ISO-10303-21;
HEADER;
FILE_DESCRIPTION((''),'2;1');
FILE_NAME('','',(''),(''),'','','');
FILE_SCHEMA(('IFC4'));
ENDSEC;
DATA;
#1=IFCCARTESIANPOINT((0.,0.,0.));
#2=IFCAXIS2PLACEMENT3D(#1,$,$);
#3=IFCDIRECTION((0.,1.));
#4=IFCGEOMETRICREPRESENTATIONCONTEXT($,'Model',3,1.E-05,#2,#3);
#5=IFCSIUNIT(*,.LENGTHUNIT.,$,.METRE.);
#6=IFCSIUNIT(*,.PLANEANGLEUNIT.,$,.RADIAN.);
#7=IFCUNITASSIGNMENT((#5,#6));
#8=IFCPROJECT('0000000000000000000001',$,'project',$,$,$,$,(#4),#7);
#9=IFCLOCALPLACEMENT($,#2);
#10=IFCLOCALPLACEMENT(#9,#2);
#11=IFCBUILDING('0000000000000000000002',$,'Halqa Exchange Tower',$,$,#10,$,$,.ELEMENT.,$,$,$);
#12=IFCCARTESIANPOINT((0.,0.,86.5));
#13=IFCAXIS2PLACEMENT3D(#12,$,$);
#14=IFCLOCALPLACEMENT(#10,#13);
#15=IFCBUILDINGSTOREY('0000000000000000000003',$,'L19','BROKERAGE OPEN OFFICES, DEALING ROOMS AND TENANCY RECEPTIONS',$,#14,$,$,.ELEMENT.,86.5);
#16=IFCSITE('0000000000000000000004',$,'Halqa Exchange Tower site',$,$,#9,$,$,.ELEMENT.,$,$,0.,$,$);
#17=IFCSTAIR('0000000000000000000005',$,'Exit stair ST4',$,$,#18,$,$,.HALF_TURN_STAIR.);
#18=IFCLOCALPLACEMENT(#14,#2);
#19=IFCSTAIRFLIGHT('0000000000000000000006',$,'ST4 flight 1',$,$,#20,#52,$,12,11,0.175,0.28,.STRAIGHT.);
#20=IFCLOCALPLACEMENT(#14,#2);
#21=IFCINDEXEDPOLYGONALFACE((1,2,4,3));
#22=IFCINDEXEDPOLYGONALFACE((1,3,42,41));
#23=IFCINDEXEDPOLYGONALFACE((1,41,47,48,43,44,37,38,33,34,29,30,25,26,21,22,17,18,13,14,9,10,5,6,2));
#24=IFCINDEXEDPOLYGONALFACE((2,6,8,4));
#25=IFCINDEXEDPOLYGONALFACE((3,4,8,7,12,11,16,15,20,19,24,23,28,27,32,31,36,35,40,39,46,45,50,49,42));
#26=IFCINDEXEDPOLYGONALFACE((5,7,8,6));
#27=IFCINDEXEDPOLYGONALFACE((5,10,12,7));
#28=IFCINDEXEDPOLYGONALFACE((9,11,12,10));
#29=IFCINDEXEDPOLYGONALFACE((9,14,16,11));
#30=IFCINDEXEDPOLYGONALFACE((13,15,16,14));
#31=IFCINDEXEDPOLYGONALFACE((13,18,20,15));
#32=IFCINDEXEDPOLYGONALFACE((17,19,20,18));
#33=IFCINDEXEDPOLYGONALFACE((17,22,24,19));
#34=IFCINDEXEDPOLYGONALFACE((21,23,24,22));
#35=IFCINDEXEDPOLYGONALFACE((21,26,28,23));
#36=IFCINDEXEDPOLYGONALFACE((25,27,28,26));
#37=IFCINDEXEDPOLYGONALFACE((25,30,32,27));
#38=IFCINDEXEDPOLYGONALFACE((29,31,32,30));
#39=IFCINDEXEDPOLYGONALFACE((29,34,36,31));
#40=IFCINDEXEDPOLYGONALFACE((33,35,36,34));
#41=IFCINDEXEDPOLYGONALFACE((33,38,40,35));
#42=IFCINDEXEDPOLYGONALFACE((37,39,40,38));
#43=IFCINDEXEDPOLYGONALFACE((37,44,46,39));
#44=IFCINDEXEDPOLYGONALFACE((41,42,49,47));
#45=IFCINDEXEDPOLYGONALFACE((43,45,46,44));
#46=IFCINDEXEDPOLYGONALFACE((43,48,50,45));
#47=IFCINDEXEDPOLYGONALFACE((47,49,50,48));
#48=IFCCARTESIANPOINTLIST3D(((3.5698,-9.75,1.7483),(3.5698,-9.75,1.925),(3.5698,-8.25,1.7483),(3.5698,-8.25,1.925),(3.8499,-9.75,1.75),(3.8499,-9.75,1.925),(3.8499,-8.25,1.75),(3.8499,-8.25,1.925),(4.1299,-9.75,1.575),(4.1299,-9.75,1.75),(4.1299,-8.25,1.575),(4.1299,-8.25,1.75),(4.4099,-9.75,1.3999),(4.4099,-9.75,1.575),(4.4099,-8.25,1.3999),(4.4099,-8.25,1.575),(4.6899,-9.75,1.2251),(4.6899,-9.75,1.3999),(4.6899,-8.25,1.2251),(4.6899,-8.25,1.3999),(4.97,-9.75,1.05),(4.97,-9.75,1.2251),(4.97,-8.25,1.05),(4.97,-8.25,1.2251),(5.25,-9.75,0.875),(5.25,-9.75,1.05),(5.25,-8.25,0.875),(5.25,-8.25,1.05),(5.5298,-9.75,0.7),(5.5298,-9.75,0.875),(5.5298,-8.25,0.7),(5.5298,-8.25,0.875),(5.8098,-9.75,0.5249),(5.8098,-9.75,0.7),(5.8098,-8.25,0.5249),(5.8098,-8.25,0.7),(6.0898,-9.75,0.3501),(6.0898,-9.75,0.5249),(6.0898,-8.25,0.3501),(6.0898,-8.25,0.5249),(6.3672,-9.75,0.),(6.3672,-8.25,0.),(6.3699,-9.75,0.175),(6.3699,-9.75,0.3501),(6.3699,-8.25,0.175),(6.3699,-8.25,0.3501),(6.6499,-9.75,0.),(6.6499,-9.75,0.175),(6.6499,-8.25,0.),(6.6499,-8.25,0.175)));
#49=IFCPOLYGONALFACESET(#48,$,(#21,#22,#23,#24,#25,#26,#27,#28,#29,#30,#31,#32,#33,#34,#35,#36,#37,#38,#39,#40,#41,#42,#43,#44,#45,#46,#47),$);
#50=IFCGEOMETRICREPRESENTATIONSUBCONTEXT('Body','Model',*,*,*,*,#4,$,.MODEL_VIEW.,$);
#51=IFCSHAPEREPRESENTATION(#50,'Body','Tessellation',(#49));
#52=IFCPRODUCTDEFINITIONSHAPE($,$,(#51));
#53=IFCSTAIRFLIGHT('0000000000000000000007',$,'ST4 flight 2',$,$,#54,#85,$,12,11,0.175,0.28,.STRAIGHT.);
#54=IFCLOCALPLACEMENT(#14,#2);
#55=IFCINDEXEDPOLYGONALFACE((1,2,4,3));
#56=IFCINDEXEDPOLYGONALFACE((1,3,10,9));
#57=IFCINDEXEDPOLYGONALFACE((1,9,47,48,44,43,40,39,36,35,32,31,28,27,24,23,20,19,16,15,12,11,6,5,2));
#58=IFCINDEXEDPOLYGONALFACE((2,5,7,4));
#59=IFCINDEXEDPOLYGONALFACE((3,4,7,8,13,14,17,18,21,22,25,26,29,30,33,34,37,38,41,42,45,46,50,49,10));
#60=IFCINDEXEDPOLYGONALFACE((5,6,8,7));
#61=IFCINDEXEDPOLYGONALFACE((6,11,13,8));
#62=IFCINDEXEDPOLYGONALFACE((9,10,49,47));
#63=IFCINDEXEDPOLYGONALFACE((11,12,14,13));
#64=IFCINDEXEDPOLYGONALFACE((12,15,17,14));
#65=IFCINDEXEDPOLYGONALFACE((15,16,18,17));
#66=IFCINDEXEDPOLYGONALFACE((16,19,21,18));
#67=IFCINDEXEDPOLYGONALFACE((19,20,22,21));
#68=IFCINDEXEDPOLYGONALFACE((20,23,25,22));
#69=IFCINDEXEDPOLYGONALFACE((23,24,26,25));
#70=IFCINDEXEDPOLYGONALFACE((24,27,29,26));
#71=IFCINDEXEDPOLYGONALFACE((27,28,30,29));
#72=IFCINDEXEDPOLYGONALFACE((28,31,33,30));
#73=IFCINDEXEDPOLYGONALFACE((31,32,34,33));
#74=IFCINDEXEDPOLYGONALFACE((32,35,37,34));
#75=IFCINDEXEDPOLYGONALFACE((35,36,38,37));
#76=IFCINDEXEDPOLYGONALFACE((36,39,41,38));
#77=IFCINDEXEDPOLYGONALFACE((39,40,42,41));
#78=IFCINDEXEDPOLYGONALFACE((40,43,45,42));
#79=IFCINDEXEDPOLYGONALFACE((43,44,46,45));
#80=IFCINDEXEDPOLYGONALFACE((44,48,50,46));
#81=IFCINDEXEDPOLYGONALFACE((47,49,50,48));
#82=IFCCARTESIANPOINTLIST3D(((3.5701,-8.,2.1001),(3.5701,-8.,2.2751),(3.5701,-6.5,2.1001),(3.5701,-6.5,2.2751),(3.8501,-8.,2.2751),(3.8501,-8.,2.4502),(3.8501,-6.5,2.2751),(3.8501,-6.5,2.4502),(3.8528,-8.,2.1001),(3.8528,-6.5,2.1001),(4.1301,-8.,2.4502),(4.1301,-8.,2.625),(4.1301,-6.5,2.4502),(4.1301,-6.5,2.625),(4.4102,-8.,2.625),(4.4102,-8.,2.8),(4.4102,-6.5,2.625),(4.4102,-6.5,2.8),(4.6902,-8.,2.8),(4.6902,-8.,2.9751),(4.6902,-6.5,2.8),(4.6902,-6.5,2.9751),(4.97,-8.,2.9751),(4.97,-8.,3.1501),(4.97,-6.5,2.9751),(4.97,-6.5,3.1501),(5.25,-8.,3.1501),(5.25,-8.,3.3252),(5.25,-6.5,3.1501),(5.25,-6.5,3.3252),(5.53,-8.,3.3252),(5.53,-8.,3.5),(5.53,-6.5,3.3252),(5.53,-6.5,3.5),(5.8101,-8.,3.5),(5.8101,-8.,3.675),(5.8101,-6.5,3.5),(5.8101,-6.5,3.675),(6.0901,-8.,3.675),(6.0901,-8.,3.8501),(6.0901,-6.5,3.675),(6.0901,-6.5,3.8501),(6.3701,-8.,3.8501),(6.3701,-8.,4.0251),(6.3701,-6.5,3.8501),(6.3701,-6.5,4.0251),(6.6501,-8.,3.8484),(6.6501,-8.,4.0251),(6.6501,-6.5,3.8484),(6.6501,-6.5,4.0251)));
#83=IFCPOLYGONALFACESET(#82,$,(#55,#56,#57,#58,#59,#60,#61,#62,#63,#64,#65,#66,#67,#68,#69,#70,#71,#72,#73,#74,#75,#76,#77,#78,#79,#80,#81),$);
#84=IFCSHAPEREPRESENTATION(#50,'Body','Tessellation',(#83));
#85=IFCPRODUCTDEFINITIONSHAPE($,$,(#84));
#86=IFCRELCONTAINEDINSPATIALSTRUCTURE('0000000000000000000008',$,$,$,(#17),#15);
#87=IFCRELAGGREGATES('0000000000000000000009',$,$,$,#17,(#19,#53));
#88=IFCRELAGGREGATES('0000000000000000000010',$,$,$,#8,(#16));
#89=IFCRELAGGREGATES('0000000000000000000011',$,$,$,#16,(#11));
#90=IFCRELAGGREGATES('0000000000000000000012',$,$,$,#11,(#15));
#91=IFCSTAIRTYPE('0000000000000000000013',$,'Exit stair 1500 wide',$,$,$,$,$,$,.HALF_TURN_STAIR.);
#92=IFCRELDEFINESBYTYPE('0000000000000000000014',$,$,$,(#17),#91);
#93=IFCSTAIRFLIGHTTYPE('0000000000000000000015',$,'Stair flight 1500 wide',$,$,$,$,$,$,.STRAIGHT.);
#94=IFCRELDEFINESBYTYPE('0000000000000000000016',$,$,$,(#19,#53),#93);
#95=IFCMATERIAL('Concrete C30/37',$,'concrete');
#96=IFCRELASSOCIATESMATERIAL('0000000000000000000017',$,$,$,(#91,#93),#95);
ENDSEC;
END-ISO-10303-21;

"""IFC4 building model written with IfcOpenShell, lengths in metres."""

from ifc_helpers import new_model, si_unit, direction, frame, origin, place, context, subcontext, project, spatial, polyline, outline, extrude, material, type_object, element, aggregate, save


model = new_model("IFC4")

# Units and contexts
model_context = context("Model", 3, precision=1e-05, world=origin(), true_north=direction((0.0, 1.0)))
body_context = subcontext(model_context, "Body", "Model", "MODEL_VIEW")
ifc_project = project(units=[si_unit("LENGTHUNIT", "METRE"), si_unit("PLANEANGLEUNIT", "RADIAN")], contexts=[model_context])

# Site, building, storey
site_placement = place(None, origin())
site = spatial("IfcSite", under=ifc_project, at=site_placement, Name="Halqa Exchange Tower site", CompositionType="ELEMENT", RefElevation=0.0)
building_placement = place(site_placement, origin())
building = spatial("IfcBuilding", under=site, at=building_placement, Name="Halqa Exchange Tower", CompositionType="ELEMENT")
storey_placement = place(building_placement, frame((0.0, 0.0, 86.5)))
storey = spatial("IfcBuildingStorey", under=building, at=storey_placement, Name="L19", Description="BROKERAGE OPEN OFFICES, DEALING ROOMS AND TENANCY RECEPTIONS", CompositionType="ELEMENT", Elevation=86.5)

# Shared definitions
ifc_material_1 = material(Name="Concrete C30/37", Category="concrete")

# Stair, stair flights
stair_type = type_object("IfcStairType", Name="Exit stair 1500 wide", PredefinedType="HALF_TURN_STAIR", material=ifc_material_1)
stair_placement = place(storey_placement, origin())
stair = element("IfcStair", 1, at=stair_placement, inside=storey, type_object=stair_type, Name="Exit stair ST4", PredefinedType="HALF_TURN_STAIR")
stair_flight_type = type_object("IfcStairFlightType", Name="Stair flight 1500 wide", PredefinedType="STRAIGHT", material=ifc_material_1)
stair_flight_1_placement = place(storey_placement, frame((6.6499, -9.0, 0.0), z_axis=(0.0, 0.0, 1.0), x_axis=(-1.0, 0.0, 0.0)))
stair_flight_1 = element("IfcStairFlight", 2, at=stair_flight_1_placement, type_object=stair_flight_type, Name="ST4 flight 1", NumberOfRisers=12, NumberOfTreads=11, PredefinedType="STRAIGHT", RiserHeight=0.175, TreadLength=0.28, context=body_context, shape_type="SweptSolid", body=[
    extrude(outline(polyline([(0.0, 0.0), (0.0, 0.175), (0.28, 0.175), (0.28, 0.3501), (0.5601, 0.3501), (0.5601, 0.5249), (0.8401, 0.5249), (0.8401, 0.7), (1.1201, 0.7), (1.1201, 0.875), (1.3999, 0.875), (1.3999, 1.05), (1.6799, 1.05), (1.6799, 1.2251), (1.96, 1.2251), (1.96, 1.3999), (2.24, 1.3999), (2.24, 1.575), (2.52, 1.575), (2.52, 1.75), (2.8, 1.75), (2.8, 1.925), (3.0801, 1.925), (3.0801, 2.1001), (3.0801, 1.7483), (0.2827, 0.0), (0.0, 0.0)])), frame((0.0, 0.75, 0.0), z_axis=(0.0, -1.0, 0.0), x_axis=(1.0, 0.0, 0.0)), (0.0, 0.0, 1.0), 1.5),
])
stair_flight_2_placement = place(storey_placement, frame((3.5701, -7.25, 2.1001), z_axis=(0.0, 0.0, 1.0), x_axis=(1.0, 0.0, 0.0)))
stair_flight_2 = element("IfcStairFlight", 3, at=stair_flight_2_placement, type_object=stair_flight_type, Name="ST4 flight 2", NumberOfRisers=12, NumberOfTreads=11, PredefinedType="STRAIGHT", RiserHeight=0.175, TreadLength=0.28, context=body_context, shape_type="SweptSolid", body=[
    extrude(outline(polyline([(0.0, 0.0), (0.0, 0.175), (0.28, 0.175), (0.28, 0.3501), (0.5601, 0.3501), (0.5601, 0.5249), (0.8401, 0.5249), (0.8401, 0.7), (1.1201, 0.7), (1.1201, 0.875), (1.3999, 0.875), (1.3999, 1.05), (1.6799, 1.05), (1.6799, 1.2251), (1.96, 1.2251), (1.96, 1.3999), (2.24, 1.3999), (2.24, 1.575), (2.52, 1.575), (2.52, 1.75), (2.8, 1.75), (2.8, 1.925), (3.0801, 1.925), (3.0801, 2.1001), (3.0801, 1.7483), (0.2827, 0.0), (0.0, 0.0)])), frame((0.0, 0.75, 0.0), z_axis=(0.0, -1.0, 0.0), x_axis=(1.0, 0.0, 0.0)), (0.0, 0.0, 1.0), 1.5),
])
aggregate(stair, [stair_flight_1, stair_flight_2])

save(model, "model.ifc")
